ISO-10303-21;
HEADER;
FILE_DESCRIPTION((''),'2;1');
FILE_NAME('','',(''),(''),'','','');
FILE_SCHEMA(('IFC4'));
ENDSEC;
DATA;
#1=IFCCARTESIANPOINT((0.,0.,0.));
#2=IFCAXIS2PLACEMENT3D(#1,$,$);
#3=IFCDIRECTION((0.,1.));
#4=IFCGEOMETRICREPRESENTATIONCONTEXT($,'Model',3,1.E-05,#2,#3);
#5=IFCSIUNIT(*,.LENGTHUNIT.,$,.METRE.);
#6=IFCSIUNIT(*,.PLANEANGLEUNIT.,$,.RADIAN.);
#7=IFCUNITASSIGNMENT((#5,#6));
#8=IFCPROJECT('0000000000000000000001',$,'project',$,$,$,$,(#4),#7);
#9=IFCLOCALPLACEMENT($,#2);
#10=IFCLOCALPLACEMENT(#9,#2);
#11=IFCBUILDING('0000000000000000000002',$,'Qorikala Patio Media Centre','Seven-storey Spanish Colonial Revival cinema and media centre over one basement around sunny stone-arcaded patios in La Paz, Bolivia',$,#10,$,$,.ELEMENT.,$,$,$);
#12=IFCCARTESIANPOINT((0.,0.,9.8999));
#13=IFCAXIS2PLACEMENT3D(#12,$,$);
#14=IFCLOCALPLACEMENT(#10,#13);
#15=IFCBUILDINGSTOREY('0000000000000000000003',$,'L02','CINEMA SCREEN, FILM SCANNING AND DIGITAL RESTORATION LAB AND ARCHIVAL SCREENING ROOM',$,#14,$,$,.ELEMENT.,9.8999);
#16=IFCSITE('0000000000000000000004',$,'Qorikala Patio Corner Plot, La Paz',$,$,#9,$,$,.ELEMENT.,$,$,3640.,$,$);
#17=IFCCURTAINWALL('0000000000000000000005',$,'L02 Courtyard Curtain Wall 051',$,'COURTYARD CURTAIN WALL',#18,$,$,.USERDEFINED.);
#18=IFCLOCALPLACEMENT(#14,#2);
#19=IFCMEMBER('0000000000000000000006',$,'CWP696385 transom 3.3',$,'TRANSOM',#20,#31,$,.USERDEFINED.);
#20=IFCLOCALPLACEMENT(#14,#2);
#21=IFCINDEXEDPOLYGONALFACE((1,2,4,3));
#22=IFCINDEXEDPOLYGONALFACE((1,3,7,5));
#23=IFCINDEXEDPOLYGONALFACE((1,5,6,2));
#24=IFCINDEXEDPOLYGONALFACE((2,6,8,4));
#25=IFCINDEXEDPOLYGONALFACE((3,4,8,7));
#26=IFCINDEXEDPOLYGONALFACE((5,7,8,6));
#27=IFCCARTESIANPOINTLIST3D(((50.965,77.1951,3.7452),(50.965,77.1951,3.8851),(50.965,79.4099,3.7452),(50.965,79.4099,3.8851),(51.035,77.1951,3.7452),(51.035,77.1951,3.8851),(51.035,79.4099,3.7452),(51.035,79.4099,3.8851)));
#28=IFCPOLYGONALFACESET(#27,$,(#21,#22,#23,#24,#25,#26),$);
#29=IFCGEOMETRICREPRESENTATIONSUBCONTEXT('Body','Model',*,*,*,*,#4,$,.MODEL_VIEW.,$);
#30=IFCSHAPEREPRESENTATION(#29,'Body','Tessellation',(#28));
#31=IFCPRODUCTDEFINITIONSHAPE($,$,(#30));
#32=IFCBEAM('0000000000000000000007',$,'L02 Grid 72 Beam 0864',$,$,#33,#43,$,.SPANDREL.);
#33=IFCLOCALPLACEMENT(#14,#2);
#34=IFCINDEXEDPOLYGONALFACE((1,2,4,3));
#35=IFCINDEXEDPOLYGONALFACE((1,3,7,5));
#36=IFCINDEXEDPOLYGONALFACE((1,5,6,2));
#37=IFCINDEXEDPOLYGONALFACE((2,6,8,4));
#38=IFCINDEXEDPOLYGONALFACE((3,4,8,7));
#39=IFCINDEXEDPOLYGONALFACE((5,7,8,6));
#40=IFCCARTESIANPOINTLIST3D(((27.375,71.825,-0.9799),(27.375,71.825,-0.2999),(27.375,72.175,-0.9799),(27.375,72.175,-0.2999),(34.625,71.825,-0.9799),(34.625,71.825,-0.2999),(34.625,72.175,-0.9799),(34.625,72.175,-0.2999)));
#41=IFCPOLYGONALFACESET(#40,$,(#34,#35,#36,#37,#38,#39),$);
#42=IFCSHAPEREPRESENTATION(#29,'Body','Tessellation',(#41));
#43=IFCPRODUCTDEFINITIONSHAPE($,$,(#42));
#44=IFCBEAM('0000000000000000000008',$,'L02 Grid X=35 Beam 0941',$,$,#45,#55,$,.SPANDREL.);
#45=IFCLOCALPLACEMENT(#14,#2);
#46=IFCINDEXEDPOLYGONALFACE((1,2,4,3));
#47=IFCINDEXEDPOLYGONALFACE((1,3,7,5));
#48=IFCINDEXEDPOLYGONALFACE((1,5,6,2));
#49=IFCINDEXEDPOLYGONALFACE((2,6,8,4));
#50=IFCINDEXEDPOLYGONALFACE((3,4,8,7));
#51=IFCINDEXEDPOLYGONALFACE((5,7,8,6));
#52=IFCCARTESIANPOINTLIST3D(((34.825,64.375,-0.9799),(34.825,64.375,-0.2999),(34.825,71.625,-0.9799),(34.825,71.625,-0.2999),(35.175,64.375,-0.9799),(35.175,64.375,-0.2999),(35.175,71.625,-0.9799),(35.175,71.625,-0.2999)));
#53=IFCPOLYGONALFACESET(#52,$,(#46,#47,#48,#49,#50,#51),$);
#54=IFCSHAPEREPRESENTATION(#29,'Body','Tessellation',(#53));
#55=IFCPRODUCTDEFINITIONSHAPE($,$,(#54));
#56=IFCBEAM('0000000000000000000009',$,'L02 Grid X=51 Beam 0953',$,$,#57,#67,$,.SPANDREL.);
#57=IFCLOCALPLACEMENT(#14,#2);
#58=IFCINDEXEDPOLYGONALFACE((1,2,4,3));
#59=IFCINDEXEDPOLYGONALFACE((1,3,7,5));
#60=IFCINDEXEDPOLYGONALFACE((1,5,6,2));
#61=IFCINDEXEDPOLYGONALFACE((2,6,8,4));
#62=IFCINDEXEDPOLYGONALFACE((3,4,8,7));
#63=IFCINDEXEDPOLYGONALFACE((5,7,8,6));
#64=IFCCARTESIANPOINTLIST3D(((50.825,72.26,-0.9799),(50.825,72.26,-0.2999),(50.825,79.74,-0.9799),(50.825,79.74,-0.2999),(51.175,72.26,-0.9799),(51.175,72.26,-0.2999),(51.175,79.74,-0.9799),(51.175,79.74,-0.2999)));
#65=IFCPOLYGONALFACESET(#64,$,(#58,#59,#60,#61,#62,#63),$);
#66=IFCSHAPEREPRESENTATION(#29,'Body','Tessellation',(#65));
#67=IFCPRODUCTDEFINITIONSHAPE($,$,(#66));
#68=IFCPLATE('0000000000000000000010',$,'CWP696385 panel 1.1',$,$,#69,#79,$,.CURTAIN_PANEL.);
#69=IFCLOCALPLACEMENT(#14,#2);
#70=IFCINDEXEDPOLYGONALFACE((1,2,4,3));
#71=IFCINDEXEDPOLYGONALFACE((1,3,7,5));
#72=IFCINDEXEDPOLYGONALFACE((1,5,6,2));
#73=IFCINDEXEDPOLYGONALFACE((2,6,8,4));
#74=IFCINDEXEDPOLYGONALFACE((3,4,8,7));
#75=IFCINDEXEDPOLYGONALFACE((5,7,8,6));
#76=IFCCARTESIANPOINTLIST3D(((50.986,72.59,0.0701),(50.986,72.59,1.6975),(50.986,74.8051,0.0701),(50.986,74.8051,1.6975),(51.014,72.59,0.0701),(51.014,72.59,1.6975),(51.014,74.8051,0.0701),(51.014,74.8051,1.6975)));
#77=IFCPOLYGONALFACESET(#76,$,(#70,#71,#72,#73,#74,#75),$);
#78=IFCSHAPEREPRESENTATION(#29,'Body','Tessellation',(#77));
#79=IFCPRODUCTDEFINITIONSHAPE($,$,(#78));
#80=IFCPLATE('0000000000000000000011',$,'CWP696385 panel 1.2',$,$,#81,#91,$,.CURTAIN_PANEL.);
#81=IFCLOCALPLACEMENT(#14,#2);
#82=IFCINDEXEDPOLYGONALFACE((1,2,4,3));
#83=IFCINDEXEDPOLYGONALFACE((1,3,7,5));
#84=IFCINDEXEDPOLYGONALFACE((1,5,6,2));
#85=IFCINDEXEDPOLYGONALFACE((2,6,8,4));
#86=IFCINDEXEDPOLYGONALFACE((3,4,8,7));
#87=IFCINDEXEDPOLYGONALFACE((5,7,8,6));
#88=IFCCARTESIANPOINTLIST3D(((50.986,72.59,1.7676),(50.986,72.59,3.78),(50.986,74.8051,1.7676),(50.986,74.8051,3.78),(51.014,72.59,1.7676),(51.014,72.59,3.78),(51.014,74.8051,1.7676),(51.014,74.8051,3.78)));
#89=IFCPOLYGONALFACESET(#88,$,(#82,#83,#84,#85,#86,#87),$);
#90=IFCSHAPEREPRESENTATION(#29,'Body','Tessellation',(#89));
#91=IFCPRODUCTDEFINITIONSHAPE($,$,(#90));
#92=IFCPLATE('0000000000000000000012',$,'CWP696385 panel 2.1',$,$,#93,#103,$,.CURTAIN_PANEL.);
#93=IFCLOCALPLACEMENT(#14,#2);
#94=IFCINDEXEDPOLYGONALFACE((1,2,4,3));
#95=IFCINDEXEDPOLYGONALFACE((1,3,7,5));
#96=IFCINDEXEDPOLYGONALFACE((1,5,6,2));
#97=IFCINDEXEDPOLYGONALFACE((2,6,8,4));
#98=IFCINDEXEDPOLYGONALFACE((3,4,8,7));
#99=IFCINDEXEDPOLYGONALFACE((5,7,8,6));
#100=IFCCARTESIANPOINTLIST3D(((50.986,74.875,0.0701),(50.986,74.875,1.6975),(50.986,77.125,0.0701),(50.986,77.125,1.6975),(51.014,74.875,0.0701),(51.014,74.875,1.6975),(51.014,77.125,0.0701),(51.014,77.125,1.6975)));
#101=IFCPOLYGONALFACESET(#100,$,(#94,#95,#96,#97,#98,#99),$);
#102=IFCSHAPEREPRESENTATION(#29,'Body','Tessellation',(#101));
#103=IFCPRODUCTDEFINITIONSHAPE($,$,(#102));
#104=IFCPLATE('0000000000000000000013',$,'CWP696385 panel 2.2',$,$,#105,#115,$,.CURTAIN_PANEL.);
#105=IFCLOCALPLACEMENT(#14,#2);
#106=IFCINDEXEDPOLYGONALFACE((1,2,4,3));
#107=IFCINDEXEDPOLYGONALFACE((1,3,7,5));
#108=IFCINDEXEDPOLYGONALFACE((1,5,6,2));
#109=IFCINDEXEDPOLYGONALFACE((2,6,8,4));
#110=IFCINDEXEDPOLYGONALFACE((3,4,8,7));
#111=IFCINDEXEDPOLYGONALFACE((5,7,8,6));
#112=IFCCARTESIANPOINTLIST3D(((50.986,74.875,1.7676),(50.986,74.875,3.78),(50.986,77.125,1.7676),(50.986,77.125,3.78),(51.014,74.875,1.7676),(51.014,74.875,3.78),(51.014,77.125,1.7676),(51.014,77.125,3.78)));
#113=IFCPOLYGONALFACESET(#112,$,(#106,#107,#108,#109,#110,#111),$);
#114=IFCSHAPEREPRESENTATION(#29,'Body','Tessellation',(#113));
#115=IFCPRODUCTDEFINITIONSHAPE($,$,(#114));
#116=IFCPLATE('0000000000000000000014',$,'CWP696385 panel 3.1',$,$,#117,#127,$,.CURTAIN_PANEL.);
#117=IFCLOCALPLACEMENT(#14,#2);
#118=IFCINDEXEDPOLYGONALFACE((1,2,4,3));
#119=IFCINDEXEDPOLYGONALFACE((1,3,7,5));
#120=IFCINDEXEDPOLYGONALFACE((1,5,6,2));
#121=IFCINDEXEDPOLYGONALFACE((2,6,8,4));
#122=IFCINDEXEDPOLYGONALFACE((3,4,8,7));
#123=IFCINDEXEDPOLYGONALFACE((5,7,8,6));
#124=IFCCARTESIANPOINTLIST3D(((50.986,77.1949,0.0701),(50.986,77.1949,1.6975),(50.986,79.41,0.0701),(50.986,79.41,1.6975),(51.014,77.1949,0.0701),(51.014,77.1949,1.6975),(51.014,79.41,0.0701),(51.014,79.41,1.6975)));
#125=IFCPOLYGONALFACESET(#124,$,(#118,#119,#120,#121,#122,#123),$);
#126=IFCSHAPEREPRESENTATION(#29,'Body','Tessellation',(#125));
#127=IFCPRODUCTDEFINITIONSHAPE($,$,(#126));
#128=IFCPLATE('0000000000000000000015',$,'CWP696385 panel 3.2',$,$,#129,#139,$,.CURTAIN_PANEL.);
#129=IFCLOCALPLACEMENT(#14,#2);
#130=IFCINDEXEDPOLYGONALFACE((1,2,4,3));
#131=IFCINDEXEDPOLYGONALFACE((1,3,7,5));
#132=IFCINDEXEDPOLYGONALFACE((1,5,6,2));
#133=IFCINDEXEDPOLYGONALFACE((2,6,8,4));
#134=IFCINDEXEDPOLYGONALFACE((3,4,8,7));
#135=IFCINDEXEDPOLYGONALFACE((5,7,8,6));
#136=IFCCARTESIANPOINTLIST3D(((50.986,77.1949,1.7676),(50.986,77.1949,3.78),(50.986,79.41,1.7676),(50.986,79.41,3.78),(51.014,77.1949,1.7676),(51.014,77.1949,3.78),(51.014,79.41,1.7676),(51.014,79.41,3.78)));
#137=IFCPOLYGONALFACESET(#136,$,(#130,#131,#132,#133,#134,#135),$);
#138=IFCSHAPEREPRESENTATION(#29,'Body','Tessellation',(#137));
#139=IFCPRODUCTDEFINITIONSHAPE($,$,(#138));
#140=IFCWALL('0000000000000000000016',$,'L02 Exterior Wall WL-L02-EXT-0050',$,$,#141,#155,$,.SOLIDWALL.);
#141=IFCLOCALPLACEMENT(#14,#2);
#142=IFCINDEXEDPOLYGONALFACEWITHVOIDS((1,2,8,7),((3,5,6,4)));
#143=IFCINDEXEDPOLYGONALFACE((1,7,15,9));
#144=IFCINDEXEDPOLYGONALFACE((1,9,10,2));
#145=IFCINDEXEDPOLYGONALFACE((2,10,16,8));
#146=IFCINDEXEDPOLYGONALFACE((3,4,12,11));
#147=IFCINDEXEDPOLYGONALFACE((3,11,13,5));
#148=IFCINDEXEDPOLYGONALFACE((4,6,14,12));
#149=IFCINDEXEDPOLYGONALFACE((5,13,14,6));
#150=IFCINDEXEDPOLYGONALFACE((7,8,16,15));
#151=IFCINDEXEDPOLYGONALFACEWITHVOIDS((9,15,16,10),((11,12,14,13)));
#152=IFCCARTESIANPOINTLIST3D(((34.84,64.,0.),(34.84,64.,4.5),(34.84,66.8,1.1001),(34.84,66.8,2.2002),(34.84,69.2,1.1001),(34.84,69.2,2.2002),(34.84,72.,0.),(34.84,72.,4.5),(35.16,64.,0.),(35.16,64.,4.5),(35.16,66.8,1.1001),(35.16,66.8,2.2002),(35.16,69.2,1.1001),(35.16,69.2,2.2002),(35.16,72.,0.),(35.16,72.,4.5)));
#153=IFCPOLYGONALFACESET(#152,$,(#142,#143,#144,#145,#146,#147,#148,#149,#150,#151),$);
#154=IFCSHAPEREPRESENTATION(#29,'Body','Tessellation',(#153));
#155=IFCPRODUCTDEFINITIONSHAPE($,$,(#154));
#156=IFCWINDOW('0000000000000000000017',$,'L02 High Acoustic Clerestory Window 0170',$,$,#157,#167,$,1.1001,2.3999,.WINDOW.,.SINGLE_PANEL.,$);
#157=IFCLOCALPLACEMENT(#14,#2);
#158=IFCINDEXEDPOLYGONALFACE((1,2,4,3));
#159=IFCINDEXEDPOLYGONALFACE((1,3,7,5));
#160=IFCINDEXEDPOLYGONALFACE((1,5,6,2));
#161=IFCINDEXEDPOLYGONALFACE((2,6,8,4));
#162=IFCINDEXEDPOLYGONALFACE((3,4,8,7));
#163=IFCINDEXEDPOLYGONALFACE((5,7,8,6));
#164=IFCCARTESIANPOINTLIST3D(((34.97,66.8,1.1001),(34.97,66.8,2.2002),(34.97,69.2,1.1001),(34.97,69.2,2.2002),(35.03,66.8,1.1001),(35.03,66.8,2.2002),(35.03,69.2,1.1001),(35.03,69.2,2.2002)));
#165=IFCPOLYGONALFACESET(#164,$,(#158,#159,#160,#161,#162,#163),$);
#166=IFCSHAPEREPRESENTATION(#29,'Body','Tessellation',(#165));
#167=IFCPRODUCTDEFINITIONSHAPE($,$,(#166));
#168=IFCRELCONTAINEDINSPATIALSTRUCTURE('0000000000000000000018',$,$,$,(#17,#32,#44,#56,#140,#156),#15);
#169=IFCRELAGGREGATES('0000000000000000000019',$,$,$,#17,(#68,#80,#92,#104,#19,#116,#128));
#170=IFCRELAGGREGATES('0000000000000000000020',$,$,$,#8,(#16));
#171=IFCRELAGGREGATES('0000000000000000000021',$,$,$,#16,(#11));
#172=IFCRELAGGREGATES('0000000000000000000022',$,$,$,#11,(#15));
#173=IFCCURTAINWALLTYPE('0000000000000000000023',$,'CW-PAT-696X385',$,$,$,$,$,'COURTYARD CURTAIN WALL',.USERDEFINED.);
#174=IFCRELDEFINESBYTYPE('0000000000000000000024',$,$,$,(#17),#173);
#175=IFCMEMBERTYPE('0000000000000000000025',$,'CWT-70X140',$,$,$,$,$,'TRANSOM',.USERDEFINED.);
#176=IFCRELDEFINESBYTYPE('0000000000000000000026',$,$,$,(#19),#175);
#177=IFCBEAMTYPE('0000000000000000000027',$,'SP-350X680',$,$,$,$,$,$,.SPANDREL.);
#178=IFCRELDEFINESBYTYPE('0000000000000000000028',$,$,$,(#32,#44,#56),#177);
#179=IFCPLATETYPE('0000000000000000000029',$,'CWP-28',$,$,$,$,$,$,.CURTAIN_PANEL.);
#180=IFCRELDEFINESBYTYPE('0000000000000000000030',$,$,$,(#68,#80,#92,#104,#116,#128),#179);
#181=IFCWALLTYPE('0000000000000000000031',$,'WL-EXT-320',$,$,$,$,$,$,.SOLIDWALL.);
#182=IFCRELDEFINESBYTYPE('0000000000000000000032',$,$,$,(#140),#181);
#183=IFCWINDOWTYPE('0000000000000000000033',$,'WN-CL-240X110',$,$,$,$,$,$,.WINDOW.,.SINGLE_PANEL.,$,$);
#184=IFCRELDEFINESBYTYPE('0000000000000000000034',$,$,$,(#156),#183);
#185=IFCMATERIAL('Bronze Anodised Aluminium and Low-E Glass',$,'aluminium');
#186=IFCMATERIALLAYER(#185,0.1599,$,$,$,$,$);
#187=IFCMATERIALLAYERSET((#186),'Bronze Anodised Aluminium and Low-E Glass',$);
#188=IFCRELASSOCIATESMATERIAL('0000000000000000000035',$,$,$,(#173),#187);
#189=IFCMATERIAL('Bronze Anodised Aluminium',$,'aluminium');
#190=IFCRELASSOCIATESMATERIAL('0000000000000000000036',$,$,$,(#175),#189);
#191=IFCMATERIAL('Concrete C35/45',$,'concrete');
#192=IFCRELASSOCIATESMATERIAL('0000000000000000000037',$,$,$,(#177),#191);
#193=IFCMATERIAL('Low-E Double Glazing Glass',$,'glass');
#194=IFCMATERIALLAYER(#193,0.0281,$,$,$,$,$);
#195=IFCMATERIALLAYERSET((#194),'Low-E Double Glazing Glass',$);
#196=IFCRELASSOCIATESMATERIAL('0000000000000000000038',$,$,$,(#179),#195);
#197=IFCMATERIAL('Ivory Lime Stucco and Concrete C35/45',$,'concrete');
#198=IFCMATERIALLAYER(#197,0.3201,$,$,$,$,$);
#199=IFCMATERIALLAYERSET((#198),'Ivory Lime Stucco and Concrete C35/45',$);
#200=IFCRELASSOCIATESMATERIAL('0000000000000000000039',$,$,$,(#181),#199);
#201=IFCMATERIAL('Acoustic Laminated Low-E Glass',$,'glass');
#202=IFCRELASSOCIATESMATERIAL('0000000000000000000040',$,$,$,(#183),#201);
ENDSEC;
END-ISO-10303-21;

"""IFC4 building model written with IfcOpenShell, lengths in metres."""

from ifc_helpers import new_model, si_unit, direction, frame, frame_2d, origin, origin_2d, place, context, subcontext, project, spatial, rectangle, extrude, material, layer, layer_set, material_profile, profile_set, type_object, element, fill, aggregate, save


model = new_model("IFC4")

# Units and contexts
model_context = context("Model", 3, precision=1e-05, world=origin(), true_north=direction((0.0, 1.0)))
body_context = subcontext(model_context, "Body", "Model", "MODEL_VIEW")
ifc_project = project(units=[si_unit("LENGTHUNIT", "METRE"), si_unit("PLANEANGLEUNIT", "RADIAN")], contexts=[model_context])

# Site, building, storey
site_placement = place(None, origin())
site = spatial("IfcSite", under=ifc_project, at=site_placement, Name="Qorikala Patio Corner Plot, La Paz", CompositionType="ELEMENT", RefElevation=3640.0)
building_placement = place(site_placement, origin())
building = spatial("IfcBuilding", under=site, at=building_placement, Name="Qorikala Patio Media Centre", Description="Seven-storey Spanish Colonial Revival cinema and media centre over one basement around sunny stone-arcaded patios in La Paz, Bolivia", CompositionType="ELEMENT")
storey_placement = place(building_placement, frame((0.0, 0.0, 9.8999)))
storey = spatial("IfcBuildingStorey", under=building, at=storey_placement, Name="L02", Description="CINEMA SCREEN, FILM SCANNING AND DIGITAL RESTORATION LAB AND ARCHIVAL SCREENING ROOM", CompositionType="ELEMENT", Elevation=9.8999)

# Shared definitions
ifc_material_1 = material(Name="Concrete C35/45", Category="concrete")

# Curtain wall, member
ifc_material_2 = material(Name="Bronze Anodised Aluminium and Low-E Glass", Category="aluminium")
ifc_layer_1 = layer(ifc_material_2, 0.1599)
ifc_layer_set_1 = layer_set([ifc_layer_1], Name="Bronze Anodised Aluminium and Low-E Glass")
curtain_wall_type = type_object("IfcCurtainWallType", Name="CW-PAT-696X385", ElementType="COURTYARD CURTAIN WALL", PredefinedType="USERDEFINED", material=ifc_layer_set_1)
curtain_wall_placement = place(storey_placement, origin())
curtain_wall = element("IfcCurtainWall", 1, at=curtain_wall_placement, inside=storey, type_object=curtain_wall_type, Name="L02 Courtyard Curtain Wall 051", ObjectType="COURTYARD CURTAIN WALL", PredefinedType="USERDEFINED")
ifc_material_3 = material(Name="Bronze Anodised Aluminium", Category="aluminium")
ifc_material_profile_1 = material_profile(ifc_material_3, rectangle(XDim=0.0701, YDim=0.1399, at=origin_2d()), Name="ALU TRANSOM 70x140")
ifc_profile_set_1 = profile_set([ifc_material_profile_1], Name="Bronze Anodised Aluminium")
member_type_1 = type_object("IfcMemberType", Name="CWT-70X140", ElementType="TRANSOM", PredefinedType="USERDEFINED", material=ifc_profile_set_1)
member_1_placement = place(storey_placement, frame((51.0, 77.1951, 3.8152), z_axis=(0.0, 1.0, 0.0), x_axis=(-1.0, 0.0, 0.0)))
member_1 = element("IfcMember", 2, at=member_1_placement, type_object=member_type_1, Name="CWP696385 transom 3.3", ObjectType="TRANSOM", PredefinedType="USERDEFINED", context=body_context, shape_type="SweptSolid", body=[
    extrude(rectangle(XDim=0.0701, YDim=0.1399, at=origin_2d()), origin(), (0.0, 0.0, 1.0), 2.2148),
])

# Beams
ifc_material_profile_2 = material_profile(ifc_material_1, rectangle(XDim=0.3501, YDim=0.6799, at=origin_2d()), Name="RC 350x680")
ifc_profile_set_2 = profile_set([ifc_material_profile_2], Name="Concrete C35/45")
beam_type = type_object("IfcBeamType", Name="SP-350X680", PredefinedType="SPANDREL", material=ifc_profile_set_2)
for number, where, z_axis, x_axis, name in (
    (3, (27.375, 72.0, -0.6399), (1.0, 0.0, 0.0), (0.0, 1.0, 0.0), "L02 Grid 72 Beam 0864"),
    (4, (35.0, 64.375, -0.6399), (0.0, 1.0, 0.0), (-1.0, 0.0, 0.0), "L02 Grid X=35 Beam 0941"),
):
    element("IfcBeam", number, at=place(storey_placement, frame(where, z_axis=z_axis, x_axis=x_axis)), inside=storey, type_object=beam_type, Name=name, PredefinedType="SPANDREL", context=body_context, shape_type="SweptSolid", body=[
        extrude(rectangle(XDim=0.3501, YDim=0.6799, at=origin_2d()), origin(), (0.0, 0.0, 1.0), 7.25),
    ])
beam_placement = place(storey_placement, frame((51.0, 72.26, -0.6399), z_axis=(0.0, 1.0, 0.0), x_axis=(-1.0, 0.0, 0.0)))
element("IfcBeam", 5, at=beam_placement, inside=storey, type_object=beam_type, Name="L02 Grid X=51 Beam 0953", PredefinedType="SPANDREL", context=body_context, shape_type="SweptSolid", body=[
    extrude(rectangle(XDim=0.3501, YDim=0.6799, at=origin_2d()), origin(), (0.0, 0.0, 1.0), 7.48),
])

# Plates
ifc_material_4 = material(Name="Low-E Double Glazing Glass", Category="glass")
ifc_layer_2 = layer(ifc_material_4, 0.0281)
ifc_layer_set_2 = layer_set([ifc_layer_2], Name="Low-E Double Glazing Glass")
plate_type = type_object("IfcPlateType", Name="CWP-28", PredefinedType="CURTAIN_PANEL", material=ifc_layer_set_2)
plate_1_placement = place(storey_placement, frame((51.0, 73.6975, 0.0701), z_axis=(0.0, 0.0, 1.0), x_axis=(0.0, 1.0, 0.0)))
plate_1 = element("IfcPlate", 6, at=plate_1_placement, type_object=plate_type, Name="CWP696385 panel 1.1", PredefinedType="CURTAIN_PANEL", context=body_context, shape_type="SweptSolid", body=[
    extrude(rectangle(XDim=2.2151, YDim=0.0281, at=origin_2d()), origin(), (0.0, 0.0, 1.0), 1.6274),
])
plate_2_placement = place(storey_placement, frame((51.0, 73.6975, 1.7676), z_axis=(0.0, 0.0, 1.0), x_axis=(0.0, 1.0, 0.0)))
plate_2 = element("IfcPlate", 7, at=plate_2_placement, type_object=plate_type, Name="CWP696385 panel 1.2", PredefinedType="CURTAIN_PANEL", context=body_context, shape_type="SweptSolid", body=[
    extrude(rectangle(XDim=2.2151, YDim=0.0281, at=origin_2d()), origin(), (0.0, 0.0, 1.0), 2.0125),
])
plate_3_placement = place(storey_placement, frame((51.0, 76.0, 0.0701), z_axis=(0.0, 0.0, 1.0), x_axis=(0.0, 1.0, 0.0)))
plate_3 = element("IfcPlate", 8, at=plate_3_placement, type_object=plate_type, Name="CWP696385 panel 2.1", PredefinedType="CURTAIN_PANEL", context=body_context, shape_type="SweptSolid", body=[
    extrude(rectangle(XDim=2.25, YDim=0.0281, at=origin_2d()), origin(), (0.0, 0.0, 1.0), 1.6274),
])
plate_4_placement = place(storey_placement, frame((51.0, 76.0, 1.7676), z_axis=(0.0, 0.0, 1.0), x_axis=(0.0, 1.0, 0.0)))
plate_4 = element("IfcPlate", 9, at=plate_4_placement, type_object=plate_type, Name="CWP696385 panel 2.2", PredefinedType="CURTAIN_PANEL", context=body_context, shape_type="SweptSolid", body=[
    extrude(rectangle(XDim=2.25, YDim=0.0281, at=origin_2d()), origin(), (0.0, 0.0, 1.0), 2.0125),
])
plate_5_placement = place(storey_placement, frame((51.0, 78.3025, 0.0701), z_axis=(0.0, 0.0, 1.0), x_axis=(0.0, 1.0, 0.0)))
plate_5 = element("IfcPlate", 10, at=plate_5_placement, type_object=plate_type, Name="CWP696385 panel 3.1", PredefinedType="CURTAIN_PANEL", context=body_context, shape_type="SweptSolid", body=[
    extrude(rectangle(XDim=2.2151, YDim=0.0281, at=origin_2d()), origin(), (0.0, 0.0, 1.0), 1.6274),
])
plate_6_placement = place(storey_placement, frame((51.0, 78.3025, 1.7676), z_axis=(0.0, 0.0, 1.0), x_axis=(0.0, 1.0, 0.0)))
plate_6 = element("IfcPlate", 11, at=plate_6_placement, type_object=plate_type, Name="CWP696385 panel 3.2", PredefinedType="CURTAIN_PANEL", context=body_context, shape_type="SweptSolid", body=[
    extrude(rectangle(XDim=2.2151, YDim=0.0281, at=origin_2d()), origin(), (0.0, 0.0, 1.0), 2.0125),
])
aggregate(curtain_wall, [plate_1, plate_2, plate_3, plate_4, member_1, plate_5, plate_6])

# Wall, opening, window
ifc_material_5 = material(Name="Ivory Lime Stucco and Concrete C35/45", Category="concrete")
ifc_layer_3 = layer(ifc_material_5, 0.3201)
ifc_layer_set_3 = layer_set([ifc_layer_3], Name="Ivory Lime Stucco and Concrete C35/45")
wall_type = type_object("IfcWallType", Name="WL-EXT-320", PredefinedType="SOLIDWALL", material=ifc_layer_set_3)
wall_placement = place(storey_placement, frame((35.0, 72.0, 0.0), z_axis=(0.0, 0.0, 1.0), x_axis=(0.0, -1.0, 0.0)))
wall = element("IfcWall", 12, at=wall_placement, inside=storey, type_object=wall_type, Name="L02 Exterior Wall WL-L02-EXT-0050", PredefinedType="SOLIDWALL", context=body_context, shape_type="SweptSolid", body=[
    extrude(rectangle(XDim=8.0, YDim=0.3201, at=frame_2d((4.0, 0.0))), origin(), (0.0, 0.0, 1.0), 4.5),
])
opening_placement = place(wall_placement, frame((2.8, 0.0, 1.1001)))
opening = element("IfcOpeningElement", 13, at=opening_placement, cuts=wall, PredefinedType="OPENING", context=body_context, shape_type="SweptSolid", body=[
    extrude(rectangle(XDim=2.3999, YDim=1.1001, at=frame_2d((1.2, 0.55))), frame((0.0, 0.1699, 0.0), z_axis=(0.0, -1.0, 0.0), x_axis=(1.0, 0.0, 0.0)), (0.0, 0.0, 1.0), 0.3401),
])
ifc_material_6 = material(Name="Acoustic Laminated Low-E Glass", Category="glass")
window_type = type_object("IfcWindowType", Name="WN-CL-240X110", PartitioningType="SINGLE_PANEL", PredefinedType="WINDOW", material=ifc_material_6)
window_placement = place(opening_placement, origin())
window = element("IfcWindow", 14, at=window_placement, inside=storey, type_object=window_type, Name="L02 High Acoustic Clerestory Window 0170", OverallHeight=1.1001, OverallWidth=2.3999, PartitioningType="SINGLE_PANEL", PredefinedType="WINDOW", context=body_context, shape_type="SweptSolid", body=[
    extrude(rectangle(XDim=2.3999, YDim=1.1001, at=frame_2d((1.2, 0.55))), frame((0.0, 0.03, 0.0), z_axis=(0.0, -1.0, 0.0), x_axis=(1.0, 0.0, 0.0)), (0.0, 0.0, 1.0), 0.0601),
])
fill(opening, window)

save(model, "model.ifc")
